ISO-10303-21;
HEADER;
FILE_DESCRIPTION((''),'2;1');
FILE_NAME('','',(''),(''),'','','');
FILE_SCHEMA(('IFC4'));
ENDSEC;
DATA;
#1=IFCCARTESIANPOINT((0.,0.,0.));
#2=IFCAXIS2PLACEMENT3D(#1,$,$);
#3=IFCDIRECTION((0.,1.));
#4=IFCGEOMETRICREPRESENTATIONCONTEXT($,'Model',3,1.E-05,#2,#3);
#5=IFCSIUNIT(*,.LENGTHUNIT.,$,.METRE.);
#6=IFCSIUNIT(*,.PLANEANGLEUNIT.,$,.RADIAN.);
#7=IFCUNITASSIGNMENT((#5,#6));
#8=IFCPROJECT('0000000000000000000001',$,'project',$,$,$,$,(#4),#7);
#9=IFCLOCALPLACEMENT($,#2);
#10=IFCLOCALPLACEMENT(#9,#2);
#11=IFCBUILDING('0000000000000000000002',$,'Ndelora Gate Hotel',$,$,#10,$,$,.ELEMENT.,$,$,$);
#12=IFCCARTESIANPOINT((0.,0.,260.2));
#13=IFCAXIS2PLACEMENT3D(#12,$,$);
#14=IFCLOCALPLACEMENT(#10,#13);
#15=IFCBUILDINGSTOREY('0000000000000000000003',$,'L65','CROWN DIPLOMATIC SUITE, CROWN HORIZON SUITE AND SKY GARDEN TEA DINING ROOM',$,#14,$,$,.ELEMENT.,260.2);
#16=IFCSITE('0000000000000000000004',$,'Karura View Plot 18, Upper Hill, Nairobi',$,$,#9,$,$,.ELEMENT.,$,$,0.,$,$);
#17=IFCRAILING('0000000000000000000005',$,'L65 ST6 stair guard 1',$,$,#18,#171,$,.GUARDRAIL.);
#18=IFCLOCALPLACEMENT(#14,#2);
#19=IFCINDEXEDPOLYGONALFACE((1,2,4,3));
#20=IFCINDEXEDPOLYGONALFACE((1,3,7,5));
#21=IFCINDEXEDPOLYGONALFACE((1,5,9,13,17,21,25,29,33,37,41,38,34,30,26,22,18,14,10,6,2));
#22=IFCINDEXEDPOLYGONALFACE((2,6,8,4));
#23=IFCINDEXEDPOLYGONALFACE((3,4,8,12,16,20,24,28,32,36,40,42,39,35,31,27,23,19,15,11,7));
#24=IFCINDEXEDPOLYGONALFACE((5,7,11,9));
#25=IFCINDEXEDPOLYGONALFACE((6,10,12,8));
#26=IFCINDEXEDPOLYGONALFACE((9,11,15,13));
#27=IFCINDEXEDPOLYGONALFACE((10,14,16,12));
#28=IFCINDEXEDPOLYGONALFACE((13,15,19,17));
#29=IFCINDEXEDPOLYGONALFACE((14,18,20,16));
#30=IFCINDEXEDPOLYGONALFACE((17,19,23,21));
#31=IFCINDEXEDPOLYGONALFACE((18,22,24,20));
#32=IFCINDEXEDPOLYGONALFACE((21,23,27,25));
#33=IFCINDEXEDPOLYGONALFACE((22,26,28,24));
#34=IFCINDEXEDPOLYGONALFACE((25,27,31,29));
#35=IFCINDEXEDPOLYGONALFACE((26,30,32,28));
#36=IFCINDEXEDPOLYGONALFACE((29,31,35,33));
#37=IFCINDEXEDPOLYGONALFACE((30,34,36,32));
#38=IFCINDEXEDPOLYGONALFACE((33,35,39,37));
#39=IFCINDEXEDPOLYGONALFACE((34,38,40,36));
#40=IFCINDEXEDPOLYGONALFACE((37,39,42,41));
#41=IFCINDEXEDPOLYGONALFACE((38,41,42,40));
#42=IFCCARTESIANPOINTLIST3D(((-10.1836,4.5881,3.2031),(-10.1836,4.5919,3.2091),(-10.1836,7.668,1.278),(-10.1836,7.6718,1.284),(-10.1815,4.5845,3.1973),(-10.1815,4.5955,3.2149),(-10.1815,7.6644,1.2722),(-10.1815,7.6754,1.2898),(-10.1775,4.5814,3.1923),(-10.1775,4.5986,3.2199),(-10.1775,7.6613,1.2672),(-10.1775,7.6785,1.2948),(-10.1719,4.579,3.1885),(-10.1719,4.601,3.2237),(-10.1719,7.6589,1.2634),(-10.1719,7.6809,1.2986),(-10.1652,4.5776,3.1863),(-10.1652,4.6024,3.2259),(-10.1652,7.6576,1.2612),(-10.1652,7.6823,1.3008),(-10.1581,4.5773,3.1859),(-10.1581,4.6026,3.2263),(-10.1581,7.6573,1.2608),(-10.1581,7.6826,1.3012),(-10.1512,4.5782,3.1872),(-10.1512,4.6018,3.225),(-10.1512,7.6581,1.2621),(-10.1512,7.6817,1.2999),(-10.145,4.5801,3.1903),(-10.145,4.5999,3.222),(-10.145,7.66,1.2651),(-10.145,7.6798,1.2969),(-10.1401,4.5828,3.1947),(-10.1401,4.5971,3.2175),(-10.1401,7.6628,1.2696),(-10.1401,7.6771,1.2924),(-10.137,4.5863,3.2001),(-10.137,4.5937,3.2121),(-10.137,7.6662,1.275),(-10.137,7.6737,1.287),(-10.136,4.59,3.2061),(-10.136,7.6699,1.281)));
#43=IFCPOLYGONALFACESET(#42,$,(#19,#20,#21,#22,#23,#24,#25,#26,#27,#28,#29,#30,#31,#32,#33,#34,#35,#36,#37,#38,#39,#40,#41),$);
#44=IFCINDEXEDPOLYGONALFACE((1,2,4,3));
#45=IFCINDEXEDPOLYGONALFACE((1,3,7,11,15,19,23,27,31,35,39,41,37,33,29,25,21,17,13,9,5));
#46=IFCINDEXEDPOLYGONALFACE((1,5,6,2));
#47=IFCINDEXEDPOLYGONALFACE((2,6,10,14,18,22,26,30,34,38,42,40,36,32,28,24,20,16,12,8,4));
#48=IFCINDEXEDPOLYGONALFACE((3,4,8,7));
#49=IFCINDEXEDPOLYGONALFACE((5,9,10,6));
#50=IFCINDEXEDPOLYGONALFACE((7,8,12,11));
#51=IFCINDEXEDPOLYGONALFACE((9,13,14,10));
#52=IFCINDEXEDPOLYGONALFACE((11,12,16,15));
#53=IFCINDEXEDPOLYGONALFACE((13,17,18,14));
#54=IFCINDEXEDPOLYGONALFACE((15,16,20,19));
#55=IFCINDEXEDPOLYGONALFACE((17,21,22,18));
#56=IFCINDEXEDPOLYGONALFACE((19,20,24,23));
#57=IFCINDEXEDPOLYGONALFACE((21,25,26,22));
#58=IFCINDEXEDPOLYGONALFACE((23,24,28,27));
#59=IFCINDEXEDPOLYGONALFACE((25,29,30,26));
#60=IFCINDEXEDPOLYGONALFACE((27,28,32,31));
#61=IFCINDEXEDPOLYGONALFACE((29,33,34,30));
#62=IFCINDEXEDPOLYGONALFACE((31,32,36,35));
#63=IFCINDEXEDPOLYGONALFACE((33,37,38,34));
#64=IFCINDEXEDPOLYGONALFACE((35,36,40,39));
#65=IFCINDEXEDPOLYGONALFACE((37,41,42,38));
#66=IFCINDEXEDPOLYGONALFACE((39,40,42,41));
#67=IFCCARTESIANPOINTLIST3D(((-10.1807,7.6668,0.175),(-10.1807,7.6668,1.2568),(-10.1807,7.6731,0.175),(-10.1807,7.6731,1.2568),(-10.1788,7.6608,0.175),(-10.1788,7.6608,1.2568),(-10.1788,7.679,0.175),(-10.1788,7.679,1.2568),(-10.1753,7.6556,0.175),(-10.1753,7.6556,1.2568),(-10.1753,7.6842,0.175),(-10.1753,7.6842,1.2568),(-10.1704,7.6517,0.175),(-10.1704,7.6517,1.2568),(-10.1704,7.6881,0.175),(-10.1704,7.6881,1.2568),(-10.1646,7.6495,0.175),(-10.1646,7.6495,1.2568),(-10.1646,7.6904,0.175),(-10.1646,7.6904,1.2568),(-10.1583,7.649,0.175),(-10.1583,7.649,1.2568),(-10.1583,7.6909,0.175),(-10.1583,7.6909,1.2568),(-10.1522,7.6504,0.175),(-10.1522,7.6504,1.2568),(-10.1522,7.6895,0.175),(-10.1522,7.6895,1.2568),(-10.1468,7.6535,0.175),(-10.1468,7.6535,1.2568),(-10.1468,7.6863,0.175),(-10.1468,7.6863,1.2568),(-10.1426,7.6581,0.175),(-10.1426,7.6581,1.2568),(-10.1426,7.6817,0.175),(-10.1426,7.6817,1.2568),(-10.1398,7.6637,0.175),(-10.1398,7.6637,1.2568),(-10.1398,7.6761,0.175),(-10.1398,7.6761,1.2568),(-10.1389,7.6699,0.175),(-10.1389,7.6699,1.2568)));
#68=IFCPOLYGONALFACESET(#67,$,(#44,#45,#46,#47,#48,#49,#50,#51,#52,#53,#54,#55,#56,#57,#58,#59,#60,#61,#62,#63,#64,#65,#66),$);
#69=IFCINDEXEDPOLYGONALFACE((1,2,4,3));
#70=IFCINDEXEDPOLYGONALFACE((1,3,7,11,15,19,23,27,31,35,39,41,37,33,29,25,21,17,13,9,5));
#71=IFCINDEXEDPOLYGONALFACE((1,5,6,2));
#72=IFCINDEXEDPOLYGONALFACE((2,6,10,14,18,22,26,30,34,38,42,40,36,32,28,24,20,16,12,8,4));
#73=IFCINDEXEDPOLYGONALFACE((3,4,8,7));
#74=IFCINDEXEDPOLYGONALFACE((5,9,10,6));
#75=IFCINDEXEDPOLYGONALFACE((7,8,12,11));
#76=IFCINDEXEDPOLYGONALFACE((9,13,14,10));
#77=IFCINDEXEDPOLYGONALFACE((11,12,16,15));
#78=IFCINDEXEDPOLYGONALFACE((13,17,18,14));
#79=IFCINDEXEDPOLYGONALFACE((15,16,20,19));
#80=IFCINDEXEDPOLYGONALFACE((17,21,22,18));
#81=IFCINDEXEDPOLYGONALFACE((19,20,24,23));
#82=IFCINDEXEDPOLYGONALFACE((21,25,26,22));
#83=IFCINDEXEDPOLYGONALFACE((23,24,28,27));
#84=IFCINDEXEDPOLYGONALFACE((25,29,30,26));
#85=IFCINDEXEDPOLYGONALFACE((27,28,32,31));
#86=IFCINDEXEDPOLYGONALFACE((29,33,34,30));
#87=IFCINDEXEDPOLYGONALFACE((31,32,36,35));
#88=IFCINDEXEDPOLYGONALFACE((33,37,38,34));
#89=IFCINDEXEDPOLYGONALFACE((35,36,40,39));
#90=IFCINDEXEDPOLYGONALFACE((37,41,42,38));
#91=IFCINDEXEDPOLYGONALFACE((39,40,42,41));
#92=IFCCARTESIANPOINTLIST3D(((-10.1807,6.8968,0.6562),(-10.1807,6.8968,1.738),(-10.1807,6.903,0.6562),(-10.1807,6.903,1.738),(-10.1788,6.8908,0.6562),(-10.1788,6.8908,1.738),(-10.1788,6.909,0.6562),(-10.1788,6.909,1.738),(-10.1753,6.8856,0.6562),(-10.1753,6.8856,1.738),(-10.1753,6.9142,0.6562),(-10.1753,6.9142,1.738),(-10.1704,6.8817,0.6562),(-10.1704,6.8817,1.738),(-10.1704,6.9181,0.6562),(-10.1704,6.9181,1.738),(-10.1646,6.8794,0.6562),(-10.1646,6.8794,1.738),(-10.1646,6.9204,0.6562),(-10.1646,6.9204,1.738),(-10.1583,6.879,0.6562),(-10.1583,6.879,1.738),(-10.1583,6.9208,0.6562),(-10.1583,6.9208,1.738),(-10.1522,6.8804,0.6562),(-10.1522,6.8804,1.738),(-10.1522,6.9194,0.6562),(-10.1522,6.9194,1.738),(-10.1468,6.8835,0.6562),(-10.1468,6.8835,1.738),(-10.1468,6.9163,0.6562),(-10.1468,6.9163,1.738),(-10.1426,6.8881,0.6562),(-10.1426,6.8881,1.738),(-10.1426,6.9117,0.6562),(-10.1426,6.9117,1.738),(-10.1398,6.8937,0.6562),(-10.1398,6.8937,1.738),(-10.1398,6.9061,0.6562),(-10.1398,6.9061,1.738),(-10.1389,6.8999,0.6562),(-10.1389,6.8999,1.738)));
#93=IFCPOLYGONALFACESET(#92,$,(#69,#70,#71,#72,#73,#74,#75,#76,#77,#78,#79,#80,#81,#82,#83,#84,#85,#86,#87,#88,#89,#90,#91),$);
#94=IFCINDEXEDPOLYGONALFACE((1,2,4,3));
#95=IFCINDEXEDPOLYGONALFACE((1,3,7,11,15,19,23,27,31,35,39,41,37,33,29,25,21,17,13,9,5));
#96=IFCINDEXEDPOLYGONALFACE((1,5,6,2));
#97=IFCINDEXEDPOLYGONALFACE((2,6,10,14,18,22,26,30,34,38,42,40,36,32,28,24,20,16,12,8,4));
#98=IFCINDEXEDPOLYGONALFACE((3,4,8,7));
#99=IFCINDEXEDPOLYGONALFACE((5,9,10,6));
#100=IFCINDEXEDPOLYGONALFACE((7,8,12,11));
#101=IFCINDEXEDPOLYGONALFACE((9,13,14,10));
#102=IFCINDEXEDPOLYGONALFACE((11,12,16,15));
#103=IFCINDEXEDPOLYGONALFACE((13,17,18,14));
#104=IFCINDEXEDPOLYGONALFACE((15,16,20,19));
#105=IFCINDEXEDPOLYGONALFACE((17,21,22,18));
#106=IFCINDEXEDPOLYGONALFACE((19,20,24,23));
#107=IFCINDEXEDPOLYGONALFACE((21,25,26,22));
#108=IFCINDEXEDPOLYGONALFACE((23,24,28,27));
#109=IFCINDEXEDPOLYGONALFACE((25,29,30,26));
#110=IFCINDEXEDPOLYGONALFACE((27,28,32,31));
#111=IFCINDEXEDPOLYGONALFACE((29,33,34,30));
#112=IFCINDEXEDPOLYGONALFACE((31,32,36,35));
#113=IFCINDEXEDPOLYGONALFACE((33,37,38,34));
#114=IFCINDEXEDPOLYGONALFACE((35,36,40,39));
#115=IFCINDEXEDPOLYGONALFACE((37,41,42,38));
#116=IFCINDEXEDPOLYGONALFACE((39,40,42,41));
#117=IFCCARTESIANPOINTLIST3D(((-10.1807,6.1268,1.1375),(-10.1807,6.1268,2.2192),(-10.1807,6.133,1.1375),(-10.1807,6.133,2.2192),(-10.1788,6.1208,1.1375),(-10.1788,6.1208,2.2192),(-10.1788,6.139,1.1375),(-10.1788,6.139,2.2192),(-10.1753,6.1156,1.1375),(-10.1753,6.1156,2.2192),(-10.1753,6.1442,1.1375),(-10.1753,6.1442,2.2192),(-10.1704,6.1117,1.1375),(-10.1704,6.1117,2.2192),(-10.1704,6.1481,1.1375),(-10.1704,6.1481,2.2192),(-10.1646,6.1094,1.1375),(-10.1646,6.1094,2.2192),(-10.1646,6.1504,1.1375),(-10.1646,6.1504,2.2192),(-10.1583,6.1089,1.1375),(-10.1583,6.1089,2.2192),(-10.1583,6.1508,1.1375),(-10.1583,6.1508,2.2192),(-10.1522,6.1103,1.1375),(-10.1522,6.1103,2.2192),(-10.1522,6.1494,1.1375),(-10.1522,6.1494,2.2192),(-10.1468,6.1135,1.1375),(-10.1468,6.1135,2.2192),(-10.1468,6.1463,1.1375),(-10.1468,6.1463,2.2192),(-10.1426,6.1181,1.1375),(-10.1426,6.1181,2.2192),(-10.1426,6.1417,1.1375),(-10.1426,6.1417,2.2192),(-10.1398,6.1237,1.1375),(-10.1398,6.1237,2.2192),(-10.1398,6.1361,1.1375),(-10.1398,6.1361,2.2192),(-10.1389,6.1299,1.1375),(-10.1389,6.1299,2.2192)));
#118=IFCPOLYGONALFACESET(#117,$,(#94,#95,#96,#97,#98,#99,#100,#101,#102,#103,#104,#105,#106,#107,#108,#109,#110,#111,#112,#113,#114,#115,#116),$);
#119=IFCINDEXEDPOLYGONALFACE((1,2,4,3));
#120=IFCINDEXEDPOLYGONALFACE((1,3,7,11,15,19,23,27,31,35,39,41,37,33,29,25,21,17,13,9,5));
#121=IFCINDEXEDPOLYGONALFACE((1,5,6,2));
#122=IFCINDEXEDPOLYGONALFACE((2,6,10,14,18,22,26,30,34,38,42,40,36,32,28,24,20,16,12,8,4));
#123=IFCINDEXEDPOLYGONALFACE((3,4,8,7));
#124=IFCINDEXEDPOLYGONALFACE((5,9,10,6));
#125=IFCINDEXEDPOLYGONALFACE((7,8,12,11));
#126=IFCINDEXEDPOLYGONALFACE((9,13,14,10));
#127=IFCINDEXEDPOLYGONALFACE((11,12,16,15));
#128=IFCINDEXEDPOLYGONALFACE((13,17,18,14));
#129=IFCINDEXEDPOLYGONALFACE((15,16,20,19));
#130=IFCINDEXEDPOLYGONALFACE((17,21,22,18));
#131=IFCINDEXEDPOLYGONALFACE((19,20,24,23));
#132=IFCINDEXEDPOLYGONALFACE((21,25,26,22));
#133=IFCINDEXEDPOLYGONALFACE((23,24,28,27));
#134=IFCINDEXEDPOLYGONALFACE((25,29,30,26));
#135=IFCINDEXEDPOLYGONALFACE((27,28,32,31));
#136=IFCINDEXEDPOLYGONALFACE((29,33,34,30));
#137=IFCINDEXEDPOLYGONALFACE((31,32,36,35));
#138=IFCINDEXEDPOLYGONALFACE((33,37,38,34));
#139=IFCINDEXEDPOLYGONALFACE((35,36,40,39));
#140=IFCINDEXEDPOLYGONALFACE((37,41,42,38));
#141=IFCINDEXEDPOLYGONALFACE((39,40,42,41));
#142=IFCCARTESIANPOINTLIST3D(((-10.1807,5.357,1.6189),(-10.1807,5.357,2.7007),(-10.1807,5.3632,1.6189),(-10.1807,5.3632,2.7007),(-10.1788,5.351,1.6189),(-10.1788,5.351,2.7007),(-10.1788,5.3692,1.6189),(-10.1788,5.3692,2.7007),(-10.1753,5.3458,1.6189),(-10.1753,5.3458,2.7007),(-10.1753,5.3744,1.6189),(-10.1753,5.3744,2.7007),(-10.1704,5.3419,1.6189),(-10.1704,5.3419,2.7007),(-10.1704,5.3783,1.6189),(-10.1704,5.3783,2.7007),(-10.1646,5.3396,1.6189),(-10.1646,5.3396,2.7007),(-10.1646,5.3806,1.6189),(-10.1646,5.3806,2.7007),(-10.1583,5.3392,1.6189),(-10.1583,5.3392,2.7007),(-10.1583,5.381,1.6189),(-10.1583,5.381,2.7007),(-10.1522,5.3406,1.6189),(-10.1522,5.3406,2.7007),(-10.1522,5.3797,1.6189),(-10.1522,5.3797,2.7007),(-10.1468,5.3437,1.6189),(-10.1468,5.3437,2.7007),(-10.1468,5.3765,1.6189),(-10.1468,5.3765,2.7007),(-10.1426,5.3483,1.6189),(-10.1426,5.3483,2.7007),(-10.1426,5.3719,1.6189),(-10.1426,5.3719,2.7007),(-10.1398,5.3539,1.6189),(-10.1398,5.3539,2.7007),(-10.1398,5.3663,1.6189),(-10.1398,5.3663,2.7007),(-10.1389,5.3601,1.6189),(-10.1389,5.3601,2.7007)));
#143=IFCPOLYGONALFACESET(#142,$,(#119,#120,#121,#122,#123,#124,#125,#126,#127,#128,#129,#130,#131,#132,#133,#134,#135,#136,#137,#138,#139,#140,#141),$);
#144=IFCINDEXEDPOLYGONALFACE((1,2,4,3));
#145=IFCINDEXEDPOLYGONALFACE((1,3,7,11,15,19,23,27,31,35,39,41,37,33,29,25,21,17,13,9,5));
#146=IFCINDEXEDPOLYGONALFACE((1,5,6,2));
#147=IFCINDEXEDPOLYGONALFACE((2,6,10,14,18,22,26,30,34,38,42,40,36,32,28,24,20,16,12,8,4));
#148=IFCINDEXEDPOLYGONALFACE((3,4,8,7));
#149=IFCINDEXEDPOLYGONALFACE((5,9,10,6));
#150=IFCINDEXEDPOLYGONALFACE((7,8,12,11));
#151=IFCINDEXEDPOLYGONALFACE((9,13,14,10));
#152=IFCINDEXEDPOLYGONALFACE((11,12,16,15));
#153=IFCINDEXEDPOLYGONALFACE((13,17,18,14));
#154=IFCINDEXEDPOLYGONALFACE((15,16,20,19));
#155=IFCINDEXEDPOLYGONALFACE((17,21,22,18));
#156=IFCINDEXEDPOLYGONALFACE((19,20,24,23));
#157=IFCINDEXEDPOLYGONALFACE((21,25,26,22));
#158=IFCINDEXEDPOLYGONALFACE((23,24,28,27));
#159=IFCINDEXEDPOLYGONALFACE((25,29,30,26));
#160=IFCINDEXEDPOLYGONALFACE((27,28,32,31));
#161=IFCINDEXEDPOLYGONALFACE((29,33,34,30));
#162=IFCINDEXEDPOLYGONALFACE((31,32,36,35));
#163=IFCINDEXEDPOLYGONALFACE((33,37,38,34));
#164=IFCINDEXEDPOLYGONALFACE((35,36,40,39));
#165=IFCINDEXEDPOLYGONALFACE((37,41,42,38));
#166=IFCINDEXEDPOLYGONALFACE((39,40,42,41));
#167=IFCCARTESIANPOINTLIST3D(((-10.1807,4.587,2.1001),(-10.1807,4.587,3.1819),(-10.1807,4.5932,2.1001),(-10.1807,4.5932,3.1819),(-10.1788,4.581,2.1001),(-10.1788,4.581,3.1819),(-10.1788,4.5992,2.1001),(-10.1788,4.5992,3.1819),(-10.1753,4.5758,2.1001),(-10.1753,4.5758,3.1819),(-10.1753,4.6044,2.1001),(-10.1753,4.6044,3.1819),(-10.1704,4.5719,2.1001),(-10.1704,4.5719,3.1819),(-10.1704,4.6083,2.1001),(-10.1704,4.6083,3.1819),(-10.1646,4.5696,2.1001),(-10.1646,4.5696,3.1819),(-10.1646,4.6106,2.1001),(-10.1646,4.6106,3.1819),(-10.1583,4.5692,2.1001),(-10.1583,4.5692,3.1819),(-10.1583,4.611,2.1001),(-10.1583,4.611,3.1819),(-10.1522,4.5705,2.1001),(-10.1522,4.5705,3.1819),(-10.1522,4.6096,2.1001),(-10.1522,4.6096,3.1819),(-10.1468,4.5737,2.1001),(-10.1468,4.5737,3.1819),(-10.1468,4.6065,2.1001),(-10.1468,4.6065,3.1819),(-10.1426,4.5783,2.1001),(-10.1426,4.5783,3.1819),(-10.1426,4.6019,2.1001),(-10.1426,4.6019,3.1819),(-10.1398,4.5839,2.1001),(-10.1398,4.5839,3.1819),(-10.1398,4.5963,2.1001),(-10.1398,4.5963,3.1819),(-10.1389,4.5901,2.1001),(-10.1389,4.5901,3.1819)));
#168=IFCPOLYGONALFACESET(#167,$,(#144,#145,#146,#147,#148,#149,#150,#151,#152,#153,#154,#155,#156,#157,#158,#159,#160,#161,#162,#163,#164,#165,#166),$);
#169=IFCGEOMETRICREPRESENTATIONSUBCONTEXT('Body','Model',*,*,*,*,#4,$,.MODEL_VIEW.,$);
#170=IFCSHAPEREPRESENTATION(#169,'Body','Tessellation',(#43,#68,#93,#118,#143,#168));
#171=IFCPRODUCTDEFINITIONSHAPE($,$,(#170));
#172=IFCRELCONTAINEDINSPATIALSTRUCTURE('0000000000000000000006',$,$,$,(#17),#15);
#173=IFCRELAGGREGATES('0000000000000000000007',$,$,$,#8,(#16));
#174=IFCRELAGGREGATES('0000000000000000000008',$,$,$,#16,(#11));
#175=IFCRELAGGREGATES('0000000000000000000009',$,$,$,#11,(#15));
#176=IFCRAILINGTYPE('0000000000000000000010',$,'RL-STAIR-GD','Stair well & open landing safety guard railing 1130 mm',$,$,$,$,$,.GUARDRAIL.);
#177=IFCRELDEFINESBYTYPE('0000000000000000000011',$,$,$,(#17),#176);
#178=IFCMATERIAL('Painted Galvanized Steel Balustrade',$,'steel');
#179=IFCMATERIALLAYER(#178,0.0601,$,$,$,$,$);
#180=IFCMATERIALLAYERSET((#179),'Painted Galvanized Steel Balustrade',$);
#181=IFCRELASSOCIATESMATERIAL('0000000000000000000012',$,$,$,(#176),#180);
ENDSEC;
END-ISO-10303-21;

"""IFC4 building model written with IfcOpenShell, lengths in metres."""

from ifc_helpers import new_model, si_unit, direction, frame, origin, origin_2d, place, context, subcontext, project, spatial, circle, extrude, material, layer, layer_set, type_object, element, save


model = new_model("IFC4")

# Units and contexts
model_context = context("Model", 3, precision=1e-05, world=origin(), true_north=direction((0.0, 1.0)))
body_context = subcontext(model_context, "Body", "Model", "MODEL_VIEW")
ifc_project = project(units=[si_unit("LENGTHUNIT", "METRE"), si_unit("PLANEANGLEUNIT", "RADIAN")], contexts=[model_context])

# Site, building, storey
site_placement = place(None, origin())
site = spatial("IfcSite", under=ifc_project, at=site_placement, Name="Karura View Plot 18, Upper Hill, Nairobi", CompositionType="ELEMENT", RefElevation=0.0)
building_placement = place(site_placement, origin())
building = spatial("IfcBuilding", under=site, at=building_placement, Name="Ndelora Gate Hotel", CompositionType="ELEMENT")
storey_placement = place(building_placement, frame((0.0, 0.0, 260.2)))
storey = spatial("IfcBuildingStorey", under=building, at=storey_placement, Name="L65", Description="CROWN DIPLOMATIC SUITE, CROWN HORIZON SUITE AND SKY GARDEN TEA DINING ROOM", CompositionType="ELEMENT", Elevation=260.2)

# Railing
ifc_material_1 = material(Name="Painted Galvanized Steel Balustrade", Category="steel")
ifc_layer_1 = layer(ifc_material_1, 0.0601)
ifc_layer_set_1 = layer_set([ifc_layer_1], Name="Painted Galvanized Steel Balustrade")
railing_type_1 = type_object("IfcRailingType", Name="RL-STAIR-GD", Description="Stair well & open landing safety guard railing 1130 mm", PredefinedType="GUARDRAIL", material=ifc_layer_set_1)
railing_1_placement = place(storey_placement, frame((-10.1599, 7.6699, 0.175)))
element("IfcRailing", 1, at=railing_1_placement, inside=storey, type_object=railing_type_1, Name="L65 ST6 stair guard 1", PredefinedType="GUARDRAIL", context=body_context, shape_type="SweptSolid", body=[
    extrude(circle(Radius=0.0239, at=origin_2d()), frame((0.0, 0.0, 1.106), z_axis=(0.0, -0.847979, 0.530029), x_axis=(1.0, 0.0, 0.0)), (0.0, 0.0, 1.0), 3.6321),
    extrude(circle(Radius=0.021, at=origin_2d()), origin(), (0.0, 0.0, 1.0), 1.0818),
    extrude(circle(Radius=0.021, at=origin_2d()), frame((0.0, -0.77, 0.4812)), (0.0, 0.0, 1.0), 1.0818),
    extrude(circle(Radius=0.021, at=origin_2d()), frame((0.0, -1.54, 0.9624)), (0.0, 0.0, 1.0), 1.0818),
    extrude(circle(Radius=0.021, at=origin_2d()), frame((0.0, -2.3098, 1.4438)), (0.0, 0.0, 1.0), 1.0818),
    extrude(circle(Radius=0.021, at=origin_2d()), frame((0.0, -3.0798, 1.925)), (0.0, 0.0, 1.0), 1.0818),
])

save(model, "model.ifc")
